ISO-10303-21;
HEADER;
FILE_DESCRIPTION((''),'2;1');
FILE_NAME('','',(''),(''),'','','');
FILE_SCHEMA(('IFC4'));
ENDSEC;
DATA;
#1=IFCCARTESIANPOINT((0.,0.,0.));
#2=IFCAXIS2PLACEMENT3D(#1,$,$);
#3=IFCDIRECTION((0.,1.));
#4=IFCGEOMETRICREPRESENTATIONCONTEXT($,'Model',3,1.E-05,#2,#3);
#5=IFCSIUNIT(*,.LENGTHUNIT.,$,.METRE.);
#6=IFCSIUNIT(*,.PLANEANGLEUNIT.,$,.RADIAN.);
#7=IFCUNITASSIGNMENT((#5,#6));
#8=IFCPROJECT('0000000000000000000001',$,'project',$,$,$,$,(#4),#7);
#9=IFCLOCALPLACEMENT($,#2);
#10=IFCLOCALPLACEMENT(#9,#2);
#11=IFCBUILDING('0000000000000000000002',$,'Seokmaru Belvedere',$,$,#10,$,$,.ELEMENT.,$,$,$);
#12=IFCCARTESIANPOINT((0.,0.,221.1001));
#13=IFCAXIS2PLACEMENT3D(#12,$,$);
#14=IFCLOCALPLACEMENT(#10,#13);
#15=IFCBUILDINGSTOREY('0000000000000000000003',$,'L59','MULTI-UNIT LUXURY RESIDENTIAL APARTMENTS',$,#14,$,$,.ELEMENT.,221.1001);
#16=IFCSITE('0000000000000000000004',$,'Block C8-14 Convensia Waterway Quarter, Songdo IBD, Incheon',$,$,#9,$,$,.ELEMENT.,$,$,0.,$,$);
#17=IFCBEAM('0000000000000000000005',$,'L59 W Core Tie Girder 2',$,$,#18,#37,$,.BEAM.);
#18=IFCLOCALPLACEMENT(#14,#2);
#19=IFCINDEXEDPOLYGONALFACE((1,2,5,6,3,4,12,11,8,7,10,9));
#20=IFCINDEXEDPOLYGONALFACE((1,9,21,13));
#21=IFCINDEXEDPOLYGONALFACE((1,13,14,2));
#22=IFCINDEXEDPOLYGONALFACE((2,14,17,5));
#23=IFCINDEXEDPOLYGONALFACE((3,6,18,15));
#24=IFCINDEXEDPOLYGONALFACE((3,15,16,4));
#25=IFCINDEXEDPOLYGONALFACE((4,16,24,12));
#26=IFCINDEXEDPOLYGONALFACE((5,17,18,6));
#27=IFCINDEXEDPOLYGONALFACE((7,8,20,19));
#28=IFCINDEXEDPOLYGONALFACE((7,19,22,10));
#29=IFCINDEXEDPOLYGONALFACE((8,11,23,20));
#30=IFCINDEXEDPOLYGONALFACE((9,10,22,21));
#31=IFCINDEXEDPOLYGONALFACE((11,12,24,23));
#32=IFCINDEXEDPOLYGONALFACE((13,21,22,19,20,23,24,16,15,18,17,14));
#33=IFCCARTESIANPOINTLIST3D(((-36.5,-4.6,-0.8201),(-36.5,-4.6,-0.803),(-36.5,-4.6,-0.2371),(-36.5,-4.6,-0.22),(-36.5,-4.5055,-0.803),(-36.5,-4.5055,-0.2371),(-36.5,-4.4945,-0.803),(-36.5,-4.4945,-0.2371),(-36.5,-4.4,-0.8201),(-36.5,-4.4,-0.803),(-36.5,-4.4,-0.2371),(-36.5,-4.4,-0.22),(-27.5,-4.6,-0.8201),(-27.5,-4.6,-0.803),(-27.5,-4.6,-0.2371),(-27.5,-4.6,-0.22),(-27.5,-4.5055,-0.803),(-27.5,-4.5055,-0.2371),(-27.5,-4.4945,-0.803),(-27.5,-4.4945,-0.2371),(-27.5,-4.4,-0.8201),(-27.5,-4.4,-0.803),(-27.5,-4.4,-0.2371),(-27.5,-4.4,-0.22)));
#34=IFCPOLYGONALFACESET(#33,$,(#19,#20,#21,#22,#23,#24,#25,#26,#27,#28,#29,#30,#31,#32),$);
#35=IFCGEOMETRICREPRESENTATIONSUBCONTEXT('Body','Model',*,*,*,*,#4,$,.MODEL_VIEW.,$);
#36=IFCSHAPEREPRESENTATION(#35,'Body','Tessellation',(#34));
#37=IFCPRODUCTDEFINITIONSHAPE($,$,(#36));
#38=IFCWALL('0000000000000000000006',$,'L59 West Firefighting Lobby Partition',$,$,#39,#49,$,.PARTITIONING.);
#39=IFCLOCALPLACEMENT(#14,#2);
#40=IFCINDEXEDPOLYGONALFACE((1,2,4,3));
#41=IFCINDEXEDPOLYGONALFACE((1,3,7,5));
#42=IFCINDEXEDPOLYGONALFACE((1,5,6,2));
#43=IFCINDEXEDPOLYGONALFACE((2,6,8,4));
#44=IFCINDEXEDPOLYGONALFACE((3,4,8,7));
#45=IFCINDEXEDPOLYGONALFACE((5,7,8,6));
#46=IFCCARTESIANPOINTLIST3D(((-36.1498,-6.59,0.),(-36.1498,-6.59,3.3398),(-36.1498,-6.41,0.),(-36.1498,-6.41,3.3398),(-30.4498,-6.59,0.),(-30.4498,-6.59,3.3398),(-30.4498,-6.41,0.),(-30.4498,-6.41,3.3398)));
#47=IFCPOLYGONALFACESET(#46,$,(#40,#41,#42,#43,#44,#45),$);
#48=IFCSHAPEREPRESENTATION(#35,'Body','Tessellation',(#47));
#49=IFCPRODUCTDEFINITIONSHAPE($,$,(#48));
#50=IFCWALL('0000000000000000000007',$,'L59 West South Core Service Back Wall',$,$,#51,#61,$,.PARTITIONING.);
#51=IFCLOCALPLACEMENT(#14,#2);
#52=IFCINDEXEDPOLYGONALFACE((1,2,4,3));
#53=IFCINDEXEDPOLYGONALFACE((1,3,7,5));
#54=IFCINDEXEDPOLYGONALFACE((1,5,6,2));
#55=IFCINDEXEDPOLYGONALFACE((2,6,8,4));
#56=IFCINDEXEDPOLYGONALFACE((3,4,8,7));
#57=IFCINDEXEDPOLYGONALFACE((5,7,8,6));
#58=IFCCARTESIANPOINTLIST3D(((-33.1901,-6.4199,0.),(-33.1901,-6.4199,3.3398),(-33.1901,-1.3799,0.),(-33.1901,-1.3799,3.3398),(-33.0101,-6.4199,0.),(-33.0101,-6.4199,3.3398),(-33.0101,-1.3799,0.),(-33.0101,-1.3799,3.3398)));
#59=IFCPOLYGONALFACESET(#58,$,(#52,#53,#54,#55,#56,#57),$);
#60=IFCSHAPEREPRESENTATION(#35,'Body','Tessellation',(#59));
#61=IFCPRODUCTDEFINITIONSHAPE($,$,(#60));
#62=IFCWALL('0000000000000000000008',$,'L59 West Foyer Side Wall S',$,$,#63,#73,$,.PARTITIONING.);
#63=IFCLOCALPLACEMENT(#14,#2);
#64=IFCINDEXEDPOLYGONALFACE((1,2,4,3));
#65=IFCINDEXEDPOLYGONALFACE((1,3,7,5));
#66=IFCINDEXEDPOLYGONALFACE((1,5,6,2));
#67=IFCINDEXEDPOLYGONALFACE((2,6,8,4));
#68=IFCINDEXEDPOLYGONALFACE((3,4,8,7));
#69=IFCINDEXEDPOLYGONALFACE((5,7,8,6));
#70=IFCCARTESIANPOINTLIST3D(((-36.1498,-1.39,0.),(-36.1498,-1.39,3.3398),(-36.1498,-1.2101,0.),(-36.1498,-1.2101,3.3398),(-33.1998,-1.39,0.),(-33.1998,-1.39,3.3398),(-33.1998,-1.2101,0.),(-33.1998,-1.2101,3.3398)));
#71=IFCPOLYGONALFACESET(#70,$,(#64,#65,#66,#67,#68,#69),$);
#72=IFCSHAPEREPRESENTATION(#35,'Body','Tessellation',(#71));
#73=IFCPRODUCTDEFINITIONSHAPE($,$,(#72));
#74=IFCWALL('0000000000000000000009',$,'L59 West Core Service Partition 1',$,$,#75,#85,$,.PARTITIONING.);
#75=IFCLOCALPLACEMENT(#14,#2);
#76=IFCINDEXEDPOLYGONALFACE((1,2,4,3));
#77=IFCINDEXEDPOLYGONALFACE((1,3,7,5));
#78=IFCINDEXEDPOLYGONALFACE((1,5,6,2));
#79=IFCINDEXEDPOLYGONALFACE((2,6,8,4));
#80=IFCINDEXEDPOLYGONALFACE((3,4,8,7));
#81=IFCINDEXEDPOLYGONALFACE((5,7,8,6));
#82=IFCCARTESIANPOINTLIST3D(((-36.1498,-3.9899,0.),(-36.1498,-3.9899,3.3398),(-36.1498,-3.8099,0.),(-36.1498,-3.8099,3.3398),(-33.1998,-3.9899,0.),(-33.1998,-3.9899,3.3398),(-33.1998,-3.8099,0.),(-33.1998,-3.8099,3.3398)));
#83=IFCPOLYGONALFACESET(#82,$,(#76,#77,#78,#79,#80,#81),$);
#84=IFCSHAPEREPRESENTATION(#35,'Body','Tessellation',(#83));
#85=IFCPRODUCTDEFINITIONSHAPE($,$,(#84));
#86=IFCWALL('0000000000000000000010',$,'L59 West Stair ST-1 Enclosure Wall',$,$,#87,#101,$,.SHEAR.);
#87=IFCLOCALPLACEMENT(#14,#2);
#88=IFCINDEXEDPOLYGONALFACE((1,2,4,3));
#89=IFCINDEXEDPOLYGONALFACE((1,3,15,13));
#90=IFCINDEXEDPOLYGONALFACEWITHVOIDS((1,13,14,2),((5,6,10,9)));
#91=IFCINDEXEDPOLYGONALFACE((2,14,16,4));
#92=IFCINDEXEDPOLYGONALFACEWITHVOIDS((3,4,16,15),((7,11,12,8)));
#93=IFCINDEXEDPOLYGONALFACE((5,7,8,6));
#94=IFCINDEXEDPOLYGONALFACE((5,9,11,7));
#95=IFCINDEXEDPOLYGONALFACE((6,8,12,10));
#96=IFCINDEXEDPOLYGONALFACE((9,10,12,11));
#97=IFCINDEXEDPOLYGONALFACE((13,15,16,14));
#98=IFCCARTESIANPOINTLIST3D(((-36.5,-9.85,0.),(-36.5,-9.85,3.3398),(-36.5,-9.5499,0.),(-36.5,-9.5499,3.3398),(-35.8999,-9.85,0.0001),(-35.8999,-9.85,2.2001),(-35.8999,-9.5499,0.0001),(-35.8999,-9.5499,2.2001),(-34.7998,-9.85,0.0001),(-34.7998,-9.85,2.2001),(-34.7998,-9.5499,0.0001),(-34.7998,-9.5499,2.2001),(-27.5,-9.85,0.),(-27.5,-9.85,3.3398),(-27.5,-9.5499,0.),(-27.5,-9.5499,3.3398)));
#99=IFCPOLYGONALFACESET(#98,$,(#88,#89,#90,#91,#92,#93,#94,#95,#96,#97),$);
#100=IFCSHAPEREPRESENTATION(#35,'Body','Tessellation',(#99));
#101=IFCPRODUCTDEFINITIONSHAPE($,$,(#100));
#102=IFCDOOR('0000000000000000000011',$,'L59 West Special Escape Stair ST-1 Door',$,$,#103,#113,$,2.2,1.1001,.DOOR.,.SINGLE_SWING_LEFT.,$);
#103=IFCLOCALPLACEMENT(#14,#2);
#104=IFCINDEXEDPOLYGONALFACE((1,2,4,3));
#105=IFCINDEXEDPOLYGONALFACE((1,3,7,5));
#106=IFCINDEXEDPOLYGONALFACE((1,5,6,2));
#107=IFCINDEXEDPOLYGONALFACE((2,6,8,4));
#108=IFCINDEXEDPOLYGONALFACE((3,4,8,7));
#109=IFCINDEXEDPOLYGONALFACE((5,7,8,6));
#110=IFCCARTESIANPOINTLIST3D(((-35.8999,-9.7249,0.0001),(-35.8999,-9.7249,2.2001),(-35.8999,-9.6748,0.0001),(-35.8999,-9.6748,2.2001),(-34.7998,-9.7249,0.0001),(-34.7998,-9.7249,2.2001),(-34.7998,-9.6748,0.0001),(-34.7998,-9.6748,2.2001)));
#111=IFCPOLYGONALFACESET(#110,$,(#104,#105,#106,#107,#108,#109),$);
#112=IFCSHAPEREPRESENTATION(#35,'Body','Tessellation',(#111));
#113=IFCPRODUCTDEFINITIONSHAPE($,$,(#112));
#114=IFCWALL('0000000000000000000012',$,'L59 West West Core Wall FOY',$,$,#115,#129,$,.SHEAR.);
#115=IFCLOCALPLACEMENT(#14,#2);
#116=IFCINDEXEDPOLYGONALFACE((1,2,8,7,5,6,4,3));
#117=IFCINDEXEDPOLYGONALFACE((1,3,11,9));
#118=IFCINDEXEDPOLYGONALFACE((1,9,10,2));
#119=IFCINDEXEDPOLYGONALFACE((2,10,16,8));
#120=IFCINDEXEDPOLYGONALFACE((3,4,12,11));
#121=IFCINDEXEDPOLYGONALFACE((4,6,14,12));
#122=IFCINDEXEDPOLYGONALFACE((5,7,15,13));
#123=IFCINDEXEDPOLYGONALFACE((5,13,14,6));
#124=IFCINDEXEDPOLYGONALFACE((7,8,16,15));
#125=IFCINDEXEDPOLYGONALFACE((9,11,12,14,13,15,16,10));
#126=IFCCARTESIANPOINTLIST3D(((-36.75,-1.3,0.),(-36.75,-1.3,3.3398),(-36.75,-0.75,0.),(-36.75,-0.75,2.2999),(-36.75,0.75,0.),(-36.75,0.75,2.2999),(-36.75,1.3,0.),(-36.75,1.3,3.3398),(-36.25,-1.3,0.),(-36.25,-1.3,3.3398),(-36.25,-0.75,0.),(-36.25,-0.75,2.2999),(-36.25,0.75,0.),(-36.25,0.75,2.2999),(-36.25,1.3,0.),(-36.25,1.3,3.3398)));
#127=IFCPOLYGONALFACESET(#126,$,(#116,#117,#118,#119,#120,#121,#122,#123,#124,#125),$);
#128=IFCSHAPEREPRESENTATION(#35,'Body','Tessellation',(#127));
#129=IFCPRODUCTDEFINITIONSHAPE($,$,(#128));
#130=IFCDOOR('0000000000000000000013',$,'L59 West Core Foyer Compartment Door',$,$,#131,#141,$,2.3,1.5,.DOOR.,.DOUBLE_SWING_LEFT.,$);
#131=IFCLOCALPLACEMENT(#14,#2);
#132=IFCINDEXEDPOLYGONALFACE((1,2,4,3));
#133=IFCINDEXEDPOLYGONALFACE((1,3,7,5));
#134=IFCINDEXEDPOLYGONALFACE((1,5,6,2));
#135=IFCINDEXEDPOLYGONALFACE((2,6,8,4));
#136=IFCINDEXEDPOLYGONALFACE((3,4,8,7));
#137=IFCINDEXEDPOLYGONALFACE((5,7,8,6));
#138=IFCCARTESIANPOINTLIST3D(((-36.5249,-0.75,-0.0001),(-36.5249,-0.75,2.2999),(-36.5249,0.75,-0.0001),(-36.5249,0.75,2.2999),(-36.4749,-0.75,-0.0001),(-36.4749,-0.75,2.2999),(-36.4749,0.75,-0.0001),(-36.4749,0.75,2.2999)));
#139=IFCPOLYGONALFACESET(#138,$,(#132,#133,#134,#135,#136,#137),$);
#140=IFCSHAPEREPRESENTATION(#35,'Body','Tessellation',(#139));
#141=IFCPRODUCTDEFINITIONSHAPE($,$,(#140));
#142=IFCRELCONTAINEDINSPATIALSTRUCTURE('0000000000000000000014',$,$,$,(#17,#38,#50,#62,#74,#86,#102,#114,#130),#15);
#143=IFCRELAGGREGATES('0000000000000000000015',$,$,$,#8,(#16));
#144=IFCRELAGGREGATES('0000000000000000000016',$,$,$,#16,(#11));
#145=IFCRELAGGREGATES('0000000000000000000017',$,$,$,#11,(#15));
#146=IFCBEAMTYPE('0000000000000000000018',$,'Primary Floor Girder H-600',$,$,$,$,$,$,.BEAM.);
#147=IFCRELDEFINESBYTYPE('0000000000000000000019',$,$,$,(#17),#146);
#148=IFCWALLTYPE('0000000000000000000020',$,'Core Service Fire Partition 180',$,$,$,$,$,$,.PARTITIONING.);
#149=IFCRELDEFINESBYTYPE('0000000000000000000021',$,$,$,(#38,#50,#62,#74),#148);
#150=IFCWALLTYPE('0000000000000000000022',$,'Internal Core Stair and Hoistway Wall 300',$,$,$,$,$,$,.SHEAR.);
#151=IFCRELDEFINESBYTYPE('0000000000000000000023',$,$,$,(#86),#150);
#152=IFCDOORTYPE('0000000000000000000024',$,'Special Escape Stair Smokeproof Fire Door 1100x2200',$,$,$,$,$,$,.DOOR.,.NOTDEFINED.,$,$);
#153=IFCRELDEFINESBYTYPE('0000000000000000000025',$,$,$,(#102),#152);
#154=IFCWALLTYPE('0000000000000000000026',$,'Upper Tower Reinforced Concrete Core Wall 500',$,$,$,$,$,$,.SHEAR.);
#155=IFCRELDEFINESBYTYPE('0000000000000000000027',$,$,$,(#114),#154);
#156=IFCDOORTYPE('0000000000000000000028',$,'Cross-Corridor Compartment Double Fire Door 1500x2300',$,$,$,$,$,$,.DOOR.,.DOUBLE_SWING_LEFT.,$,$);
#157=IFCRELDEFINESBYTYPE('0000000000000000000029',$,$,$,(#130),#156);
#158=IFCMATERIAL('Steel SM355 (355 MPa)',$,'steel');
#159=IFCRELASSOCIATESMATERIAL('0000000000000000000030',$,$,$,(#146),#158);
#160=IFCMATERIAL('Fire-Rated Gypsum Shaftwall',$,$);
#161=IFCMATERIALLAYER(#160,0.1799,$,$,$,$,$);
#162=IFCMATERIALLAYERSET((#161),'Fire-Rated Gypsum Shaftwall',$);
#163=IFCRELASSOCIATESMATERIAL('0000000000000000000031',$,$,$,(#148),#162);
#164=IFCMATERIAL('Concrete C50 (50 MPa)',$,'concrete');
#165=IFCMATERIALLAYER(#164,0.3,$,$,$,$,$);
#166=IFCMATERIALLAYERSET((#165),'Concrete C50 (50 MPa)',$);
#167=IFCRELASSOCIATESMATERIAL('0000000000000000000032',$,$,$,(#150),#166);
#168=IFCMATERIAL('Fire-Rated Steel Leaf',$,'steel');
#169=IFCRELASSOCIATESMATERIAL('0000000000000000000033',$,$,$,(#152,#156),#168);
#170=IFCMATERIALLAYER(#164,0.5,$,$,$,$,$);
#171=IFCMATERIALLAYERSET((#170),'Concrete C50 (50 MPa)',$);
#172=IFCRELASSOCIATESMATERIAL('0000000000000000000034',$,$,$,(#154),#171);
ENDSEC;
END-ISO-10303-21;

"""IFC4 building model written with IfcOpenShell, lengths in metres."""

from ifc_helpers import new_model, si_unit, direction, frame, frame_2d, origin, origin_2d, place, context, subcontext, project, spatial, rectangle, i_section, extrude, source, transform, mapped, material, layer, layer_set, material_profile, profile_set, type_object, type_shapes, element, fill, save


model = new_model("IFC4")

# Units and contexts
model_context = context("Model", 3, precision=1e-05, world=origin(), true_north=direction((0.0, 1.0)))
body_context = subcontext(model_context, "Body", "Model", "MODEL_VIEW")
ifc_project = project(units=[si_unit("LENGTHUNIT", "METRE"), si_unit("PLANEANGLEUNIT", "RADIAN")], contexts=[model_context])

# Site, building, storey
site_placement = place(None, origin())
site = spatial("IfcSite", under=ifc_project, at=site_placement, Name="Block C8-14 Convensia Waterway Quarter, Songdo IBD, Incheon", CompositionType="ELEMENT", RefElevation=0.0)
building_placement = place(site_placement, origin())
building = spatial("IfcBuilding", under=site, at=building_placement, Name="Seokmaru Belvedere", CompositionType="ELEMENT")
storey_placement = place(building_placement, frame((0.0, 0.0, 221.1001)))
storey = spatial("IfcBuildingStorey", under=building, at=storey_placement, Name="L59", Description="MULTI-UNIT LUXURY RESIDENTIAL APARTMENTS", CompositionType="ELEMENT", Elevation=221.1001)

# Beam
ifc_material_1 = material(Name="Steel SM355 (355 MPa)", Category="steel")
ifc_material_profile = material_profile(ifc_material_1, i_section(OverallWidth=0.2, OverallDepth=0.6001, WebThickness=0.011, FlangeThickness=0.0171, at=origin_2d()), Name="H-600x200x11x17")
ifc_profile_set = profile_set([ifc_material_profile], Name="Steel SM355 (355 MPa)")
beam_type = type_object("IfcBeamType", Name="Primary Floor Girder H-600", PredefinedType="BEAM", material=ifc_profile_set)
shared_shape_1 = source(origin(), body_context, "Body", "SweptSolid", [
    extrude(i_section(OverallWidth=0.2, OverallDepth=0.6001, WebThickness=0.011, FlangeThickness=0.0171, at=origin_2d()), origin(), (0.0, 0.0, 1.0), 9.0),
])
type_shapes(beam_type, [shared_shape_1])
beam_placement = place(storey_placement, frame((-36.5, -4.5, -0.52), z_axis=(1.0, 0.0, 0.0), x_axis=(0.0, 1.0, 0.0)))
element("IfcBeam", 1, at=beam_placement, inside=storey, type_object=beam_type, Name="L59 W Core Tie Girder 2", PredefinedType="BEAM", context=body_context, shape_type="MappedRepresentation", body=[
    mapped(shared_shape_1, transform((0.0, 0.0, 0.0), scale=1.0)),
])

# Walls
ifc_material_2 = material(Name="Fire-Rated Gypsum Shaftwall")
ifc_layer_1 = layer(ifc_material_2, 0.1799)
ifc_layer_set_1 = layer_set([ifc_layer_1], Name="Fire-Rated Gypsum Shaftwall")
wall_type_1 = type_object("IfcWallType", Name="Core Service Fire Partition 180", PredefinedType="PARTITIONING", material=ifc_layer_set_1)
wall_1_placement = place(storey_placement, frame((-36.1499, -6.5, 0.0), z_axis=(0.0, 0.0, 1.0), x_axis=(1.0, 0.0, 0.0)))
element("IfcWall", 2, at=wall_1_placement, inside=storey, type_object=wall_type_1, Name="L59 West Firefighting Lobby Partition", PredefinedType="PARTITIONING", context=body_context, shape_type="SweptSolid", body=[
    extrude(rectangle(XDim=5.7, YDim=0.1799, at=frame_2d((2.8501, 0.0))), origin(), (0.0, 0.0, 1.0), 3.3398),
])
wall_2_placement = place(storey_placement, frame((-33.1001, -6.4199, 0.0), z_axis=(0.0, 0.0, 1.0), x_axis=(0.0, 1.0, 0.0)))
element("IfcWall", 3, at=wall_2_placement, inside=storey, type_object=wall_type_1, Name="L59 West South Core Service Back Wall", PredefinedType="PARTITIONING", context=body_context, shape_type="SweptSolid", body=[
    extrude(rectangle(XDim=5.04, YDim=0.1799, at=frame_2d((2.52, 0.0))), origin(), (0.0, 0.0, 1.0), 3.3398),
])
for number, where, z_axis, x_axis, name in (
    (4, (-36.1499, -1.3, 0.0), (0.0, 0.0, 1.0), (1.0, 0.0, 0.0), "L59 West Foyer Side Wall S"),
    (5, (-36.1499, -3.8999, 0.0), (0.0, 0.0, 1.0), (1.0, 0.0, 0.0), "L59 West Core Service Partition 1"),
):
    element("IfcWall", number, at=place(storey_placement, frame(where, z_axis=z_axis, x_axis=x_axis)), inside=storey, type_object=wall_type_1, Name=name, PredefinedType="PARTITIONING", context=body_context, shape_type="SweptSolid", body=[
        extrude(rectangle(XDim=2.95, YDim=0.1799, at=frame_2d((1.4751, 0.0))), origin(), (0.0, 0.0, 1.0), 3.3398),
    ])

# Walls, openings, doors
ifc_material_3 = material(Name="Concrete C50 (50 MPa)", Category="concrete")
ifc_layer_2 = layer(ifc_material_3, 0.3)
ifc_layer_set_2 = layer_set([ifc_layer_2], Name="Concrete C50 (50 MPa)")
wall_type_2 = type_object("IfcWallType", Name="Internal Core Stair and Hoistway Wall 300", PredefinedType="SHEAR", material=ifc_layer_set_2)
wall_3_placement = place(storey_placement, frame((-36.5, -9.7, 0.0), z_axis=(0.0, 0.0, 1.0), x_axis=(1.0, 0.0, 0.0)))
wall_3 = element("IfcWall", 6, at=wall_3_placement, inside=storey, type_object=wall_type_2, Name="L59 West Stair ST-1 Enclosure Wall", PredefinedType="SHEAR", context=body_context, shape_type="SweptSolid", body=[
    extrude(rectangle(XDim=9.0, YDim=0.3, at=frame_2d((4.5, 0.0))), origin(), (0.0, 0.0, 1.0), 3.3398),
])
opening_1_placement = place(wall_3_placement, frame((0.6001, 0.0, 0.0)))
opening_1 = element("IfcOpeningElement", 7, at=opening_1_placement, cuts=wall_3, PredefinedType="OPENING", context=body_context, shape_type="SweptSolid", body=[
    extrude(rectangle(XDim=1.1001, YDim=2.2, at=frame_2d((0.55, 1.1001))), frame((0.0, 0.1602, 0.0), z_axis=(0.0, -1.0, 0.0), x_axis=(1.0, 0.0, 0.0)), (0.0, 0.0, 1.0), 0.3201),
])
ifc_material_4 = material(Name="Fire-Rated Steel Leaf", Category="steel")
door_type_1 = type_object("IfcDoorType", Name="Special Escape Stair Smokeproof Fire Door 1100x2200", OperationType="NOTDEFINED", PredefinedType="DOOR", material=ifc_material_4)
shared_shape_2 = source(origin(), body_context, "Body", "SweptSolid", [
    extrude(rectangle(XDim=1.1001, YDim=2.2, at=frame_2d((0.55, 1.1001))), frame((0.0, 0.0249, 0.0), z_axis=(0.0, -1.0, 0.0), x_axis=(1.0, 0.0, 0.0)), (0.0, 0.0, 1.0), 0.05),
])
type_shapes(door_type_1, [shared_shape_2])
door_1_placement = place(opening_1_placement, frame((1.1001, 0.0, 0.0), z_axis=(0.0, 0.0, 1.0), x_axis=(-1.0, 0.0, 0.0)))
door_1 = element("IfcDoor", 8, at=door_1_placement, inside=storey, type_object=door_type_1, Name="L59 West Special Escape Stair ST-1 Door", OperationType="SINGLE_SWING_LEFT", OverallHeight=2.2, OverallWidth=1.1001, PredefinedType="DOOR", context=body_context, shape_type="MappedRepresentation", body=[
    mapped(shared_shape_2, transform((0.0, 0.0, 0.0), scale=1.0)),
])
fill(opening_1, door_1)
ifc_layer_3 = layer(ifc_material_3, 0.5)
ifc_layer_set_3 = layer_set([ifc_layer_3], Name="Concrete C50 (50 MPa)")
wall_type_3 = type_object("IfcWallType", Name="Upper Tower Reinforced Concrete Core Wall 500", PredefinedType="SHEAR", material=ifc_layer_set_3)
wall_4_placement = place(storey_placement, frame((-36.5, -1.3, 0.0), z_axis=(0.0, 0.0, 1.0), x_axis=(0.0, 1.0, 0.0)))
wall_4 = element("IfcWall", 9, at=wall_4_placement, inside=storey, type_object=wall_type_3, Name="L59 West West Core Wall FOY", PredefinedType="SHEAR", context=body_context, shape_type="SweptSolid", body=[
    extrude(rectangle(XDim=2.6001, YDim=0.5, at=frame_2d((1.3, 0.0))), origin(), (0.0, 0.0, 1.0), 3.3398),
])
opening_2_placement = place(wall_4_placement, frame((0.55, 0.0, 0.0)))
opening_2 = element("IfcOpeningElement", 10, at=opening_2_placement, cuts=wall_4, PredefinedType="OPENING", context=body_context, shape_type="SweptSolid", body=[
    extrude(rectangle(XDim=1.5, YDim=2.3, at=frame_2d((0.75, 1.1499))), frame((0.0, 0.26, 0.0), z_axis=(0.0, -1.0, 0.0), x_axis=(1.0, 0.0, 0.0)), (0.0, 0.0, 1.0), 0.52),
])
door_type_2 = type_object("IfcDoorType", Name="Cross-Corridor Compartment Double Fire Door 1500x2300", OperationType="DOUBLE_SWING_LEFT", PredefinedType="DOOR", material=ifc_material_4)
shared_shape_3 = source(origin(), body_context, "Body", "SweptSolid", [
    extrude(rectangle(XDim=1.5, YDim=2.3, at=frame_2d((0.75, 1.1499))), frame((0.0, 0.0249, 0.0), z_axis=(0.0, -1.0, 0.0), x_axis=(1.0, 0.0, 0.0)), (0.0, 0.0, 1.0), 0.05),
])
type_shapes(door_type_2, [shared_shape_3])
door_2_placement = place(opening_2_placement, origin())
door_2 = element("IfcDoor", 11, at=door_2_placement, inside=storey, type_object=door_type_2, Name="L59 West Core Foyer Compartment Door", OperationType="DOUBLE_SWING_LEFT", OverallHeight=2.3, OverallWidth=1.5, PredefinedType="DOOR", context=body_context, shape_type="MappedRepresentation", body=[
    mapped(shared_shape_3, transform((0.0, 0.0, 0.0), scale=1.0)),
])
fill(opening_2, door_2)

save(model, "model.ifc")
